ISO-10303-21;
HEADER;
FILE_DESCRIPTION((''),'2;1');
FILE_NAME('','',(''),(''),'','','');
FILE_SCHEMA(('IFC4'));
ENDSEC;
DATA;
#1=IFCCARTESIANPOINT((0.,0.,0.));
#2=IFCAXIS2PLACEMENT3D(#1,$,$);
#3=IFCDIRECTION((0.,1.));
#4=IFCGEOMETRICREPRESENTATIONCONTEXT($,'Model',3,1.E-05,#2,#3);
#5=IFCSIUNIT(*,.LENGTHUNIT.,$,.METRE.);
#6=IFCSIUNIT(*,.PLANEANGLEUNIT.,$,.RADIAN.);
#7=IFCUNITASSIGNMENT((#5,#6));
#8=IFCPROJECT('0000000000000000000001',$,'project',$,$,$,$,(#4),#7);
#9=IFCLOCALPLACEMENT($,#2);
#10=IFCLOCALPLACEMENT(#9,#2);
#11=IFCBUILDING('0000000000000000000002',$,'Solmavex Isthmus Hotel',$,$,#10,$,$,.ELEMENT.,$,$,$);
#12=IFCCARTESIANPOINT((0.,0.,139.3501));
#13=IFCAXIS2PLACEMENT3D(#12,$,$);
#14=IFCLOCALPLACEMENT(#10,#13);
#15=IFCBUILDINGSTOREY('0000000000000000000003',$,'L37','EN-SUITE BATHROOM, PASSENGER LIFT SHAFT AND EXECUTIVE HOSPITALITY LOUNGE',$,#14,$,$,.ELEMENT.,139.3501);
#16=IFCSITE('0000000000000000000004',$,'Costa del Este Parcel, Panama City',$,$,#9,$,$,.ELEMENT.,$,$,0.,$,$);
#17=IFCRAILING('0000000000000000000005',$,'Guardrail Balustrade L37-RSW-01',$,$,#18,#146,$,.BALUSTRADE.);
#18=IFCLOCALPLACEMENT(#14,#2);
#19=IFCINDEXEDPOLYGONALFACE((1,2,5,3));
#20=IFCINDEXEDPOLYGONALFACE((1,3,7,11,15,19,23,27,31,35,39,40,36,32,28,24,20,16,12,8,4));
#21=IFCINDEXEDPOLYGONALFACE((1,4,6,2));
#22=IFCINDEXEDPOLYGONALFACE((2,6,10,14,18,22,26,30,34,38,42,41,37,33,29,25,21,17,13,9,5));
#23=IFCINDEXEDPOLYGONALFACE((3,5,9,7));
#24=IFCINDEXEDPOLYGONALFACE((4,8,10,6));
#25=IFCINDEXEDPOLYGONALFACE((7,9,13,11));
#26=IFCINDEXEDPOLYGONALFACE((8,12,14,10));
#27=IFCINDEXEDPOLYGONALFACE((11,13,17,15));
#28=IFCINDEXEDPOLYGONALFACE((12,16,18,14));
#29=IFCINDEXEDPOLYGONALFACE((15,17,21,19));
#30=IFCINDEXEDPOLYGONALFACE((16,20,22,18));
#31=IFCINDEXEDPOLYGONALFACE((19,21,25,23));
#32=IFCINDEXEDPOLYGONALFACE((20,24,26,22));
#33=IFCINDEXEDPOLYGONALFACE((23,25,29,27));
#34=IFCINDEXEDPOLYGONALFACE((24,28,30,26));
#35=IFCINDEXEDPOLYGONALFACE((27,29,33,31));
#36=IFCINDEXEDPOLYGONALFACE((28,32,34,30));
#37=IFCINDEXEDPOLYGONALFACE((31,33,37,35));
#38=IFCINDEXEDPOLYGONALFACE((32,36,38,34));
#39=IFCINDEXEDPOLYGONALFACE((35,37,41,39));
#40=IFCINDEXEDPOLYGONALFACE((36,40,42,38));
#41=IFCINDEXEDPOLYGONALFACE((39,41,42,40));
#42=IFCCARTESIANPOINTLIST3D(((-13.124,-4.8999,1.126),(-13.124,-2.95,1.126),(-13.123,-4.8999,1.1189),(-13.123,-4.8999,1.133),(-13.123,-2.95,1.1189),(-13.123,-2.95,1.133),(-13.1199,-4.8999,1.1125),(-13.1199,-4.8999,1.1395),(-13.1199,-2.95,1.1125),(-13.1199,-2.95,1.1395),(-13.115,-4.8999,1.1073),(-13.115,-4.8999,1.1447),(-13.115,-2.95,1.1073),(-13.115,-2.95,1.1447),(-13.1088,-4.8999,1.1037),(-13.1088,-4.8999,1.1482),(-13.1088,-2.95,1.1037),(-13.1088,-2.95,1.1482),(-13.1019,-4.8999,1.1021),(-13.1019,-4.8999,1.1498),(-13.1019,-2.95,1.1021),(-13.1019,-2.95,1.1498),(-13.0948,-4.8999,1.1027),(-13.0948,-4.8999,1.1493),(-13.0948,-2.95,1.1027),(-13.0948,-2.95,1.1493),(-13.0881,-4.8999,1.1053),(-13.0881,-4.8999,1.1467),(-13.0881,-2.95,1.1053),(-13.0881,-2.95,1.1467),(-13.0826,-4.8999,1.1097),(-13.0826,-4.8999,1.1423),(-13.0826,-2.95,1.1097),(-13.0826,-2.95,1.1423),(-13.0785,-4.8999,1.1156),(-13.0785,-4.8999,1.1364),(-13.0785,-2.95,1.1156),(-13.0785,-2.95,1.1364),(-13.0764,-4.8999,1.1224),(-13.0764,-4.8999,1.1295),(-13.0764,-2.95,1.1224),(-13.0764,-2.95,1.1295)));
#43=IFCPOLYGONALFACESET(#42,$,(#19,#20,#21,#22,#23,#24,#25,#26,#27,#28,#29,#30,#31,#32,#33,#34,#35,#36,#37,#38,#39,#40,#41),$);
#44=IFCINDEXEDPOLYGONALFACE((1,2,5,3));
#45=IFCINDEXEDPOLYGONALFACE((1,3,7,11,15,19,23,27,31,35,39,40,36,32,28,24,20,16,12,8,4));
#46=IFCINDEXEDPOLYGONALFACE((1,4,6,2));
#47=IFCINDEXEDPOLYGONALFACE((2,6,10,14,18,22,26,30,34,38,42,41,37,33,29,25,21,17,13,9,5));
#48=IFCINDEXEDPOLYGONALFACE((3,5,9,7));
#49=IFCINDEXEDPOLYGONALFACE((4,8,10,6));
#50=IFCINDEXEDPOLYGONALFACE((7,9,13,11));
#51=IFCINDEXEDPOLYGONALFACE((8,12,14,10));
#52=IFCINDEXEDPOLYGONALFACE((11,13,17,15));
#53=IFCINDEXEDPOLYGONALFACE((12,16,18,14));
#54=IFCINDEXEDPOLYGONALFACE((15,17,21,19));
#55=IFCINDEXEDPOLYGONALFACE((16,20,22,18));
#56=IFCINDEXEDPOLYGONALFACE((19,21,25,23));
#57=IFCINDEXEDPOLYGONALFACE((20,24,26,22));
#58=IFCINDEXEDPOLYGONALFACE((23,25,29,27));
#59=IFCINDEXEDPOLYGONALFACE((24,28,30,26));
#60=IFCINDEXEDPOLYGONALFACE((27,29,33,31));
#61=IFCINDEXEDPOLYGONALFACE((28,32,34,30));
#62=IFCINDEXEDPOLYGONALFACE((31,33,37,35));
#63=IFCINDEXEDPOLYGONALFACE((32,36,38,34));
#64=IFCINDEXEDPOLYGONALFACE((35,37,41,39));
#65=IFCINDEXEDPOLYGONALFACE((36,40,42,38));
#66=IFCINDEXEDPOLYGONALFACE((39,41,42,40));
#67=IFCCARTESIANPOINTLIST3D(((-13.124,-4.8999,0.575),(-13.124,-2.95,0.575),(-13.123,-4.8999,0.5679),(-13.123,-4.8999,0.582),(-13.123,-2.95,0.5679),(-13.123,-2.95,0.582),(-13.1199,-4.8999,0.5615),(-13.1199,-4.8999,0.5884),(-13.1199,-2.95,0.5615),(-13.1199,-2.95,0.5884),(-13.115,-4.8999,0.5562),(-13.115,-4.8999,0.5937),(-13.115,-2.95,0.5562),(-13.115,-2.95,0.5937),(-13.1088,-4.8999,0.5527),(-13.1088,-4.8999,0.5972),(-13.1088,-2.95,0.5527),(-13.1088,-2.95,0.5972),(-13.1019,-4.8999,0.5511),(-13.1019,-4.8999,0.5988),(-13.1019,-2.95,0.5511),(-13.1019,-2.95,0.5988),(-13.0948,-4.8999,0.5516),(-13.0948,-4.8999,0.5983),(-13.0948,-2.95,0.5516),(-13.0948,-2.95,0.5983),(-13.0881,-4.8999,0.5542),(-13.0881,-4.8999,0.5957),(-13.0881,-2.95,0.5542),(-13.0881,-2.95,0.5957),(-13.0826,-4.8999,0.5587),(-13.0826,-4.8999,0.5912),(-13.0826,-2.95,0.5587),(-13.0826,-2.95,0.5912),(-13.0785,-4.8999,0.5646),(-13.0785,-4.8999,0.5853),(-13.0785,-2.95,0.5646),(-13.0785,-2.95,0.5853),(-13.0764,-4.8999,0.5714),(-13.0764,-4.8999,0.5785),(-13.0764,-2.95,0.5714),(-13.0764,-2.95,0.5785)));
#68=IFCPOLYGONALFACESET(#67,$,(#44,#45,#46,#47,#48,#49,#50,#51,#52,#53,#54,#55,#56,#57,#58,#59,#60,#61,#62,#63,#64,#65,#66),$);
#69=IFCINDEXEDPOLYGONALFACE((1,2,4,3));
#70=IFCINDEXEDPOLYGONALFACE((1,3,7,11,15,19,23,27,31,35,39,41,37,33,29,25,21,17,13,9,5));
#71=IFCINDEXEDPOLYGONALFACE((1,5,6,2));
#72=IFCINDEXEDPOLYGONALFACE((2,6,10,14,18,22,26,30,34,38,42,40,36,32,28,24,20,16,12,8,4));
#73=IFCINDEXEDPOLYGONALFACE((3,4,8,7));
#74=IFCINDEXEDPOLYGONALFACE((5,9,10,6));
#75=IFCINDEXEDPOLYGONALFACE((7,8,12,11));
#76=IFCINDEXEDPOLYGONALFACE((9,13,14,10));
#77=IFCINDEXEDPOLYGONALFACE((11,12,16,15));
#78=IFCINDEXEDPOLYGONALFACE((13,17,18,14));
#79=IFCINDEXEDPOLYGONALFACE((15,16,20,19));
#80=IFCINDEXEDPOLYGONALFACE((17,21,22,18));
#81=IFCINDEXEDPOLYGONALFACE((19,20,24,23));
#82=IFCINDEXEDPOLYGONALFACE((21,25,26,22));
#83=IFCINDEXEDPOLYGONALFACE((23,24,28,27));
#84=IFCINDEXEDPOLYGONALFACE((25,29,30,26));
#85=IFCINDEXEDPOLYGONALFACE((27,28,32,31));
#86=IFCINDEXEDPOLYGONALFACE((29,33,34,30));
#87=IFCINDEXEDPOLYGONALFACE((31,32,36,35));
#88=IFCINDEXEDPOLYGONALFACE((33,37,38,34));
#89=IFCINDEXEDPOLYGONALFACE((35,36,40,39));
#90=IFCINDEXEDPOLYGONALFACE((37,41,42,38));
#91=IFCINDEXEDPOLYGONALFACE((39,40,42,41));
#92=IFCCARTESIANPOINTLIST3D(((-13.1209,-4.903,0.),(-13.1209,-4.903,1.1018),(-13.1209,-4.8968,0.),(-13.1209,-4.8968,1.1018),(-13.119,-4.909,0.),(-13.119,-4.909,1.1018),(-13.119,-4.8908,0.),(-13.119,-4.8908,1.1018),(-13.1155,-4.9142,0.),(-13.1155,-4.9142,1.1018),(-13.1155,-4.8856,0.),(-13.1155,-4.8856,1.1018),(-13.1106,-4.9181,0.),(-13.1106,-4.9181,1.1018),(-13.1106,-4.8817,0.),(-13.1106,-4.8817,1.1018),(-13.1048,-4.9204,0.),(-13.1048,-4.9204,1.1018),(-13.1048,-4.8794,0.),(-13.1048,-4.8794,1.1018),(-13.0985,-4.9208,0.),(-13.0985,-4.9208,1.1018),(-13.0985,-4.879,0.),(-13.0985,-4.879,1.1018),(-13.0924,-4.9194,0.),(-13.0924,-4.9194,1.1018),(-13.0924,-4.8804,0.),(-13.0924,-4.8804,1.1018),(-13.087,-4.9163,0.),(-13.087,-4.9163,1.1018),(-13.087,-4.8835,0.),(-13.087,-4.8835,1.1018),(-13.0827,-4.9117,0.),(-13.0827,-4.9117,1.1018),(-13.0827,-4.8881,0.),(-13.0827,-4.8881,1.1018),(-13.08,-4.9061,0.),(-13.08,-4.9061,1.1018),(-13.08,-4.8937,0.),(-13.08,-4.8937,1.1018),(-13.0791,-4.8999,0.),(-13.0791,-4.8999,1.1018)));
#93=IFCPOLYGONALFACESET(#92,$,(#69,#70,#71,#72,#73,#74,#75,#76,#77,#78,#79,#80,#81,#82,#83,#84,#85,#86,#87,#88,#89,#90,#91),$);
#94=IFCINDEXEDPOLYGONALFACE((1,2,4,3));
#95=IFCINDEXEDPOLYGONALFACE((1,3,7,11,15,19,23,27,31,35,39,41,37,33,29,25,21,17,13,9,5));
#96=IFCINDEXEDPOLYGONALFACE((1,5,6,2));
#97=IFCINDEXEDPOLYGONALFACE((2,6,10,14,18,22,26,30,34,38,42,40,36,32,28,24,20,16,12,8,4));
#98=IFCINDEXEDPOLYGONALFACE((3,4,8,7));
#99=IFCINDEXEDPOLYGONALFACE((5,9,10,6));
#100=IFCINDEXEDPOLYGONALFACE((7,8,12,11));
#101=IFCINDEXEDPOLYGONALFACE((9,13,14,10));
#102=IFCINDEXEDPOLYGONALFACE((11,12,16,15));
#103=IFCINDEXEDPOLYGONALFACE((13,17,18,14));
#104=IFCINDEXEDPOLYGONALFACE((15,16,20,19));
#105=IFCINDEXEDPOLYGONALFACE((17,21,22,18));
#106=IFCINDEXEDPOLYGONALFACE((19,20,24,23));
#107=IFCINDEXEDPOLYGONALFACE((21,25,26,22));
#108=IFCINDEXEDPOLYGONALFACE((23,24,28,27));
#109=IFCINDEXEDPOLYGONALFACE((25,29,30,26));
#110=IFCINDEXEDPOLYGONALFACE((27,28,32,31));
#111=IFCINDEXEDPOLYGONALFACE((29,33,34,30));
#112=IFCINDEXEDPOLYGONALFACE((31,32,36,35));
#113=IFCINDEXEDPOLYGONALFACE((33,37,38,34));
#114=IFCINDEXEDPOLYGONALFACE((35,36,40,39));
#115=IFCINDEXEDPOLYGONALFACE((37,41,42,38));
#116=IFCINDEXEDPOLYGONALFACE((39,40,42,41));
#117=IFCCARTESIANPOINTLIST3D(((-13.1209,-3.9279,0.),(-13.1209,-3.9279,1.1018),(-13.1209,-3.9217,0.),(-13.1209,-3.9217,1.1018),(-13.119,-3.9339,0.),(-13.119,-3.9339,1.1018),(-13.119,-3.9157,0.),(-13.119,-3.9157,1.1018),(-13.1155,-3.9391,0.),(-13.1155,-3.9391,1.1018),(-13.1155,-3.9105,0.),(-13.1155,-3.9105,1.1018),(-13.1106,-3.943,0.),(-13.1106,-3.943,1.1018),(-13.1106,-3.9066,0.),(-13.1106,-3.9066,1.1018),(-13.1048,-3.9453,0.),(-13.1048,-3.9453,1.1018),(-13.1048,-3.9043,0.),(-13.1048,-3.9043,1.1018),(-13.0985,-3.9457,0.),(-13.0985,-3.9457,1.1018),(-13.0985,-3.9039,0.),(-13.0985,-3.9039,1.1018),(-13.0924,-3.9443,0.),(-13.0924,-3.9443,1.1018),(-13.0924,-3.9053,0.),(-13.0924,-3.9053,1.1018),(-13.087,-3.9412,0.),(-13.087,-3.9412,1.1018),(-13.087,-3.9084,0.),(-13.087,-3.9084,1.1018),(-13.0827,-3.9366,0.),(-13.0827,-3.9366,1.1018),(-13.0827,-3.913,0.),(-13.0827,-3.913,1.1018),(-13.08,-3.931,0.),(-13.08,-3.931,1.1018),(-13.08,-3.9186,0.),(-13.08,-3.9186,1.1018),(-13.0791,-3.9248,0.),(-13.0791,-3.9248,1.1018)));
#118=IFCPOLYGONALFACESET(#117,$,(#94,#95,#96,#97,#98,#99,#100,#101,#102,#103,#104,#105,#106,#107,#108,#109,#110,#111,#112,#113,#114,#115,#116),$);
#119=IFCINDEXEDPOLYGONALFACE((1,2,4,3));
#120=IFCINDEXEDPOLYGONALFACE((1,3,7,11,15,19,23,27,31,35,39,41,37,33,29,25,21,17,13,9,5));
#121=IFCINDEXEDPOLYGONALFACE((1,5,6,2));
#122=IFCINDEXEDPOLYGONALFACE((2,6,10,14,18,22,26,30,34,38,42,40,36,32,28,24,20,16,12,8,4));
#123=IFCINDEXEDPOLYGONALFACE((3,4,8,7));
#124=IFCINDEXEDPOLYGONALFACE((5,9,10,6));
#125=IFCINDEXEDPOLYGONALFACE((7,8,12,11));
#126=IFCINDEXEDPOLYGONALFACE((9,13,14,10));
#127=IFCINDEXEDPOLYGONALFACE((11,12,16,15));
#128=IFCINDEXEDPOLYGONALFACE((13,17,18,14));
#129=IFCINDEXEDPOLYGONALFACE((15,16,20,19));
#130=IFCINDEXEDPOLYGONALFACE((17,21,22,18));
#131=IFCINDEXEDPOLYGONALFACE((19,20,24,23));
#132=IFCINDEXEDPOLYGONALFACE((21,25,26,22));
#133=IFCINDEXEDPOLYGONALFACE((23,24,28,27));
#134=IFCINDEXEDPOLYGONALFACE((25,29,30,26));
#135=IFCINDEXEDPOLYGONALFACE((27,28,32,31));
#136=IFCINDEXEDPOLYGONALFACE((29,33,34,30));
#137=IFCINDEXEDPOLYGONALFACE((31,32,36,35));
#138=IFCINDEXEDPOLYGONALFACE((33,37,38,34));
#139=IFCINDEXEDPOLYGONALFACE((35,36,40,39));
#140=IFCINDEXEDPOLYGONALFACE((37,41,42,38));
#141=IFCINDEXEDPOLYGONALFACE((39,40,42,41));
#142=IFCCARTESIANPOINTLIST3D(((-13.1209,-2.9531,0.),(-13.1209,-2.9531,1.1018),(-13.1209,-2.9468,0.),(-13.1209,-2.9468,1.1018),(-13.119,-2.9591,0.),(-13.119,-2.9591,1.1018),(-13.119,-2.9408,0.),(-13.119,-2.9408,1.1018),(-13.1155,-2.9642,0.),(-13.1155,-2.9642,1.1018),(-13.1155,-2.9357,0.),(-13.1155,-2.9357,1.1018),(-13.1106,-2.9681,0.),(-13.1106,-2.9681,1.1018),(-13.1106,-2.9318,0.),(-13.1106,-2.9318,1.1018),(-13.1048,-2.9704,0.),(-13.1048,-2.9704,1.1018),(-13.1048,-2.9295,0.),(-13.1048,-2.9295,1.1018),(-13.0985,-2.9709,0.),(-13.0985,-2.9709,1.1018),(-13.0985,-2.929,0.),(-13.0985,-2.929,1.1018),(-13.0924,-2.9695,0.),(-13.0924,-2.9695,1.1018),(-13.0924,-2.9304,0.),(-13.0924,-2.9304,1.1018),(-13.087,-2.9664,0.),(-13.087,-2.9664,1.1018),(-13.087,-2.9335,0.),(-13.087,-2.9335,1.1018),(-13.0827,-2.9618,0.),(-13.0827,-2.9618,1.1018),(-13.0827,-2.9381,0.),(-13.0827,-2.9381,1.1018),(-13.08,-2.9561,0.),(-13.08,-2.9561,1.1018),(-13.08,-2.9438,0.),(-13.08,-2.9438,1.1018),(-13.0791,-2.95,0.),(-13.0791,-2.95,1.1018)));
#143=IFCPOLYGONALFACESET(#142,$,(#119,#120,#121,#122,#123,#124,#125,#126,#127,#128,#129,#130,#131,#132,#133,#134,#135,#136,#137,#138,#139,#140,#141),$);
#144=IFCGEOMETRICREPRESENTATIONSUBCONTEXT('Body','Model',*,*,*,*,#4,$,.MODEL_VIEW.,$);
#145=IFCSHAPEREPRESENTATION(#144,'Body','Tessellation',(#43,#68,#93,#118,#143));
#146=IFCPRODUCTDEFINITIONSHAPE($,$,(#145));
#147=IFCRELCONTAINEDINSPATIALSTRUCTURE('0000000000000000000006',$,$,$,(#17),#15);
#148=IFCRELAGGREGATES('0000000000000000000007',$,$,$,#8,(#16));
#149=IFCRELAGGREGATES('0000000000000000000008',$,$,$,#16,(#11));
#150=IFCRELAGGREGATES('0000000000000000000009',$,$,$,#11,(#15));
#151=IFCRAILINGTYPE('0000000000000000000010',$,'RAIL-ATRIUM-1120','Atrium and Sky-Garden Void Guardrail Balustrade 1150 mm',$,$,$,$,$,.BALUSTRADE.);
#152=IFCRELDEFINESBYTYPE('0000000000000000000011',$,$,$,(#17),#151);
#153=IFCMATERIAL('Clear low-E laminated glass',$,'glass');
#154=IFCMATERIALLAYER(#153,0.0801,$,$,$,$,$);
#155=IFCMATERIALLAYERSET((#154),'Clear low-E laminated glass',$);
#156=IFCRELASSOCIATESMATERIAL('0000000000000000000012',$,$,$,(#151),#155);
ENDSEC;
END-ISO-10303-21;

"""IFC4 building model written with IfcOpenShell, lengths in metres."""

from ifc_helpers import new_model, si_unit, direction, frame, origin, origin_2d, place, context, subcontext, project, spatial, circle, extrude, material, layer, layer_set, type_object, element, save


model = new_model("IFC4")

# Units and contexts
model_context = context("Model", 3, precision=1e-05, world=origin(), true_north=direction((0.0, 1.0)))
body_context = subcontext(model_context, "Body", "Model", "MODEL_VIEW")
ifc_project = project(units=[si_unit("LENGTHUNIT", "METRE"), si_unit("PLANEANGLEUNIT", "RADIAN")], contexts=[model_context])

# Site, building, storey
site_placement = place(None, origin())
site = spatial("IfcSite", under=ifc_project, at=site_placement, Name="Costa del Este Parcel, Panama City", CompositionType="ELEMENT", RefElevation=0.0)
building_placement = place(site_placement, origin())
building = spatial("IfcBuilding", under=site, at=building_placement, Name="Solmavex Isthmus Hotel", CompositionType="ELEMENT")
storey_placement = place(building_placement, frame((0.0, 0.0, 139.3501)))
storey = spatial("IfcBuildingStorey", under=building, at=storey_placement, Name="L37", Description="EN-SUITE BATHROOM, PASSENGER LIFT SHAFT AND EXECUTIVE HOSPITALITY LOUNGE", CompositionType="ELEMENT", Elevation=139.3501)

# Shared definitions
ifc_material_1 = material(Name="Clear low-E laminated glass", Category="glass")

# Railing
ifc_layer_1 = layer(ifc_material_1, 0.0801)
ifc_layer_set_1 = layer_set([ifc_layer_1], Name="Clear low-E laminated glass")
railing_type_1 = type_object("IfcRailingType", Name="RAIL-ATRIUM-1120", Description="Atrium and Sky-Garden Void Guardrail Balustrade 1150 mm", PredefinedType="BALUSTRADE", material=ifc_layer_set_1)
railing_1_placement = place(storey_placement, frame((-13.1001, -4.8999, 0.0)))
element("IfcRailing", 1, at=railing_1_placement, inside=storey, type_object=railing_type_1, Name="Guardrail Balustrade L37-RSW-01", PredefinedType="BALUSTRADE", context=body_context, shape_type="SweptSolid", body=[
    extrude(circle(Radius=0.0239, at=origin_2d()), frame((0.0, 0.0, 1.126), z_axis=(0.0, 1.0, 0.0), x_axis=(-1.0, 0.0, 0.0)), (0.0, 0.0, 1.0), 1.95),
    extrude(circle(Radius=0.0239, at=origin_2d()), frame((0.0, 0.0, 0.575), z_axis=(0.0, 1.0, 0.0), x_axis=(-1.0, 0.0, 0.0)), (0.0, 0.0, 1.0), 1.95),
    extrude(circle(Radius=0.021, at=origin_2d()), origin(), (0.0, 0.0, 1.0), 1.1018),
    extrude(circle(Radius=0.021, at=origin_2d()), frame((0.0, 0.9751, 0.0)), (0.0, 0.0, 1.0), 1.1018),
    extrude(circle(Radius=0.021, at=origin_2d()), frame((0.0, 1.95, 0.0)), (0.0, 0.0, 1.0), 1.1018),
])

save(model, "model.ifc")
